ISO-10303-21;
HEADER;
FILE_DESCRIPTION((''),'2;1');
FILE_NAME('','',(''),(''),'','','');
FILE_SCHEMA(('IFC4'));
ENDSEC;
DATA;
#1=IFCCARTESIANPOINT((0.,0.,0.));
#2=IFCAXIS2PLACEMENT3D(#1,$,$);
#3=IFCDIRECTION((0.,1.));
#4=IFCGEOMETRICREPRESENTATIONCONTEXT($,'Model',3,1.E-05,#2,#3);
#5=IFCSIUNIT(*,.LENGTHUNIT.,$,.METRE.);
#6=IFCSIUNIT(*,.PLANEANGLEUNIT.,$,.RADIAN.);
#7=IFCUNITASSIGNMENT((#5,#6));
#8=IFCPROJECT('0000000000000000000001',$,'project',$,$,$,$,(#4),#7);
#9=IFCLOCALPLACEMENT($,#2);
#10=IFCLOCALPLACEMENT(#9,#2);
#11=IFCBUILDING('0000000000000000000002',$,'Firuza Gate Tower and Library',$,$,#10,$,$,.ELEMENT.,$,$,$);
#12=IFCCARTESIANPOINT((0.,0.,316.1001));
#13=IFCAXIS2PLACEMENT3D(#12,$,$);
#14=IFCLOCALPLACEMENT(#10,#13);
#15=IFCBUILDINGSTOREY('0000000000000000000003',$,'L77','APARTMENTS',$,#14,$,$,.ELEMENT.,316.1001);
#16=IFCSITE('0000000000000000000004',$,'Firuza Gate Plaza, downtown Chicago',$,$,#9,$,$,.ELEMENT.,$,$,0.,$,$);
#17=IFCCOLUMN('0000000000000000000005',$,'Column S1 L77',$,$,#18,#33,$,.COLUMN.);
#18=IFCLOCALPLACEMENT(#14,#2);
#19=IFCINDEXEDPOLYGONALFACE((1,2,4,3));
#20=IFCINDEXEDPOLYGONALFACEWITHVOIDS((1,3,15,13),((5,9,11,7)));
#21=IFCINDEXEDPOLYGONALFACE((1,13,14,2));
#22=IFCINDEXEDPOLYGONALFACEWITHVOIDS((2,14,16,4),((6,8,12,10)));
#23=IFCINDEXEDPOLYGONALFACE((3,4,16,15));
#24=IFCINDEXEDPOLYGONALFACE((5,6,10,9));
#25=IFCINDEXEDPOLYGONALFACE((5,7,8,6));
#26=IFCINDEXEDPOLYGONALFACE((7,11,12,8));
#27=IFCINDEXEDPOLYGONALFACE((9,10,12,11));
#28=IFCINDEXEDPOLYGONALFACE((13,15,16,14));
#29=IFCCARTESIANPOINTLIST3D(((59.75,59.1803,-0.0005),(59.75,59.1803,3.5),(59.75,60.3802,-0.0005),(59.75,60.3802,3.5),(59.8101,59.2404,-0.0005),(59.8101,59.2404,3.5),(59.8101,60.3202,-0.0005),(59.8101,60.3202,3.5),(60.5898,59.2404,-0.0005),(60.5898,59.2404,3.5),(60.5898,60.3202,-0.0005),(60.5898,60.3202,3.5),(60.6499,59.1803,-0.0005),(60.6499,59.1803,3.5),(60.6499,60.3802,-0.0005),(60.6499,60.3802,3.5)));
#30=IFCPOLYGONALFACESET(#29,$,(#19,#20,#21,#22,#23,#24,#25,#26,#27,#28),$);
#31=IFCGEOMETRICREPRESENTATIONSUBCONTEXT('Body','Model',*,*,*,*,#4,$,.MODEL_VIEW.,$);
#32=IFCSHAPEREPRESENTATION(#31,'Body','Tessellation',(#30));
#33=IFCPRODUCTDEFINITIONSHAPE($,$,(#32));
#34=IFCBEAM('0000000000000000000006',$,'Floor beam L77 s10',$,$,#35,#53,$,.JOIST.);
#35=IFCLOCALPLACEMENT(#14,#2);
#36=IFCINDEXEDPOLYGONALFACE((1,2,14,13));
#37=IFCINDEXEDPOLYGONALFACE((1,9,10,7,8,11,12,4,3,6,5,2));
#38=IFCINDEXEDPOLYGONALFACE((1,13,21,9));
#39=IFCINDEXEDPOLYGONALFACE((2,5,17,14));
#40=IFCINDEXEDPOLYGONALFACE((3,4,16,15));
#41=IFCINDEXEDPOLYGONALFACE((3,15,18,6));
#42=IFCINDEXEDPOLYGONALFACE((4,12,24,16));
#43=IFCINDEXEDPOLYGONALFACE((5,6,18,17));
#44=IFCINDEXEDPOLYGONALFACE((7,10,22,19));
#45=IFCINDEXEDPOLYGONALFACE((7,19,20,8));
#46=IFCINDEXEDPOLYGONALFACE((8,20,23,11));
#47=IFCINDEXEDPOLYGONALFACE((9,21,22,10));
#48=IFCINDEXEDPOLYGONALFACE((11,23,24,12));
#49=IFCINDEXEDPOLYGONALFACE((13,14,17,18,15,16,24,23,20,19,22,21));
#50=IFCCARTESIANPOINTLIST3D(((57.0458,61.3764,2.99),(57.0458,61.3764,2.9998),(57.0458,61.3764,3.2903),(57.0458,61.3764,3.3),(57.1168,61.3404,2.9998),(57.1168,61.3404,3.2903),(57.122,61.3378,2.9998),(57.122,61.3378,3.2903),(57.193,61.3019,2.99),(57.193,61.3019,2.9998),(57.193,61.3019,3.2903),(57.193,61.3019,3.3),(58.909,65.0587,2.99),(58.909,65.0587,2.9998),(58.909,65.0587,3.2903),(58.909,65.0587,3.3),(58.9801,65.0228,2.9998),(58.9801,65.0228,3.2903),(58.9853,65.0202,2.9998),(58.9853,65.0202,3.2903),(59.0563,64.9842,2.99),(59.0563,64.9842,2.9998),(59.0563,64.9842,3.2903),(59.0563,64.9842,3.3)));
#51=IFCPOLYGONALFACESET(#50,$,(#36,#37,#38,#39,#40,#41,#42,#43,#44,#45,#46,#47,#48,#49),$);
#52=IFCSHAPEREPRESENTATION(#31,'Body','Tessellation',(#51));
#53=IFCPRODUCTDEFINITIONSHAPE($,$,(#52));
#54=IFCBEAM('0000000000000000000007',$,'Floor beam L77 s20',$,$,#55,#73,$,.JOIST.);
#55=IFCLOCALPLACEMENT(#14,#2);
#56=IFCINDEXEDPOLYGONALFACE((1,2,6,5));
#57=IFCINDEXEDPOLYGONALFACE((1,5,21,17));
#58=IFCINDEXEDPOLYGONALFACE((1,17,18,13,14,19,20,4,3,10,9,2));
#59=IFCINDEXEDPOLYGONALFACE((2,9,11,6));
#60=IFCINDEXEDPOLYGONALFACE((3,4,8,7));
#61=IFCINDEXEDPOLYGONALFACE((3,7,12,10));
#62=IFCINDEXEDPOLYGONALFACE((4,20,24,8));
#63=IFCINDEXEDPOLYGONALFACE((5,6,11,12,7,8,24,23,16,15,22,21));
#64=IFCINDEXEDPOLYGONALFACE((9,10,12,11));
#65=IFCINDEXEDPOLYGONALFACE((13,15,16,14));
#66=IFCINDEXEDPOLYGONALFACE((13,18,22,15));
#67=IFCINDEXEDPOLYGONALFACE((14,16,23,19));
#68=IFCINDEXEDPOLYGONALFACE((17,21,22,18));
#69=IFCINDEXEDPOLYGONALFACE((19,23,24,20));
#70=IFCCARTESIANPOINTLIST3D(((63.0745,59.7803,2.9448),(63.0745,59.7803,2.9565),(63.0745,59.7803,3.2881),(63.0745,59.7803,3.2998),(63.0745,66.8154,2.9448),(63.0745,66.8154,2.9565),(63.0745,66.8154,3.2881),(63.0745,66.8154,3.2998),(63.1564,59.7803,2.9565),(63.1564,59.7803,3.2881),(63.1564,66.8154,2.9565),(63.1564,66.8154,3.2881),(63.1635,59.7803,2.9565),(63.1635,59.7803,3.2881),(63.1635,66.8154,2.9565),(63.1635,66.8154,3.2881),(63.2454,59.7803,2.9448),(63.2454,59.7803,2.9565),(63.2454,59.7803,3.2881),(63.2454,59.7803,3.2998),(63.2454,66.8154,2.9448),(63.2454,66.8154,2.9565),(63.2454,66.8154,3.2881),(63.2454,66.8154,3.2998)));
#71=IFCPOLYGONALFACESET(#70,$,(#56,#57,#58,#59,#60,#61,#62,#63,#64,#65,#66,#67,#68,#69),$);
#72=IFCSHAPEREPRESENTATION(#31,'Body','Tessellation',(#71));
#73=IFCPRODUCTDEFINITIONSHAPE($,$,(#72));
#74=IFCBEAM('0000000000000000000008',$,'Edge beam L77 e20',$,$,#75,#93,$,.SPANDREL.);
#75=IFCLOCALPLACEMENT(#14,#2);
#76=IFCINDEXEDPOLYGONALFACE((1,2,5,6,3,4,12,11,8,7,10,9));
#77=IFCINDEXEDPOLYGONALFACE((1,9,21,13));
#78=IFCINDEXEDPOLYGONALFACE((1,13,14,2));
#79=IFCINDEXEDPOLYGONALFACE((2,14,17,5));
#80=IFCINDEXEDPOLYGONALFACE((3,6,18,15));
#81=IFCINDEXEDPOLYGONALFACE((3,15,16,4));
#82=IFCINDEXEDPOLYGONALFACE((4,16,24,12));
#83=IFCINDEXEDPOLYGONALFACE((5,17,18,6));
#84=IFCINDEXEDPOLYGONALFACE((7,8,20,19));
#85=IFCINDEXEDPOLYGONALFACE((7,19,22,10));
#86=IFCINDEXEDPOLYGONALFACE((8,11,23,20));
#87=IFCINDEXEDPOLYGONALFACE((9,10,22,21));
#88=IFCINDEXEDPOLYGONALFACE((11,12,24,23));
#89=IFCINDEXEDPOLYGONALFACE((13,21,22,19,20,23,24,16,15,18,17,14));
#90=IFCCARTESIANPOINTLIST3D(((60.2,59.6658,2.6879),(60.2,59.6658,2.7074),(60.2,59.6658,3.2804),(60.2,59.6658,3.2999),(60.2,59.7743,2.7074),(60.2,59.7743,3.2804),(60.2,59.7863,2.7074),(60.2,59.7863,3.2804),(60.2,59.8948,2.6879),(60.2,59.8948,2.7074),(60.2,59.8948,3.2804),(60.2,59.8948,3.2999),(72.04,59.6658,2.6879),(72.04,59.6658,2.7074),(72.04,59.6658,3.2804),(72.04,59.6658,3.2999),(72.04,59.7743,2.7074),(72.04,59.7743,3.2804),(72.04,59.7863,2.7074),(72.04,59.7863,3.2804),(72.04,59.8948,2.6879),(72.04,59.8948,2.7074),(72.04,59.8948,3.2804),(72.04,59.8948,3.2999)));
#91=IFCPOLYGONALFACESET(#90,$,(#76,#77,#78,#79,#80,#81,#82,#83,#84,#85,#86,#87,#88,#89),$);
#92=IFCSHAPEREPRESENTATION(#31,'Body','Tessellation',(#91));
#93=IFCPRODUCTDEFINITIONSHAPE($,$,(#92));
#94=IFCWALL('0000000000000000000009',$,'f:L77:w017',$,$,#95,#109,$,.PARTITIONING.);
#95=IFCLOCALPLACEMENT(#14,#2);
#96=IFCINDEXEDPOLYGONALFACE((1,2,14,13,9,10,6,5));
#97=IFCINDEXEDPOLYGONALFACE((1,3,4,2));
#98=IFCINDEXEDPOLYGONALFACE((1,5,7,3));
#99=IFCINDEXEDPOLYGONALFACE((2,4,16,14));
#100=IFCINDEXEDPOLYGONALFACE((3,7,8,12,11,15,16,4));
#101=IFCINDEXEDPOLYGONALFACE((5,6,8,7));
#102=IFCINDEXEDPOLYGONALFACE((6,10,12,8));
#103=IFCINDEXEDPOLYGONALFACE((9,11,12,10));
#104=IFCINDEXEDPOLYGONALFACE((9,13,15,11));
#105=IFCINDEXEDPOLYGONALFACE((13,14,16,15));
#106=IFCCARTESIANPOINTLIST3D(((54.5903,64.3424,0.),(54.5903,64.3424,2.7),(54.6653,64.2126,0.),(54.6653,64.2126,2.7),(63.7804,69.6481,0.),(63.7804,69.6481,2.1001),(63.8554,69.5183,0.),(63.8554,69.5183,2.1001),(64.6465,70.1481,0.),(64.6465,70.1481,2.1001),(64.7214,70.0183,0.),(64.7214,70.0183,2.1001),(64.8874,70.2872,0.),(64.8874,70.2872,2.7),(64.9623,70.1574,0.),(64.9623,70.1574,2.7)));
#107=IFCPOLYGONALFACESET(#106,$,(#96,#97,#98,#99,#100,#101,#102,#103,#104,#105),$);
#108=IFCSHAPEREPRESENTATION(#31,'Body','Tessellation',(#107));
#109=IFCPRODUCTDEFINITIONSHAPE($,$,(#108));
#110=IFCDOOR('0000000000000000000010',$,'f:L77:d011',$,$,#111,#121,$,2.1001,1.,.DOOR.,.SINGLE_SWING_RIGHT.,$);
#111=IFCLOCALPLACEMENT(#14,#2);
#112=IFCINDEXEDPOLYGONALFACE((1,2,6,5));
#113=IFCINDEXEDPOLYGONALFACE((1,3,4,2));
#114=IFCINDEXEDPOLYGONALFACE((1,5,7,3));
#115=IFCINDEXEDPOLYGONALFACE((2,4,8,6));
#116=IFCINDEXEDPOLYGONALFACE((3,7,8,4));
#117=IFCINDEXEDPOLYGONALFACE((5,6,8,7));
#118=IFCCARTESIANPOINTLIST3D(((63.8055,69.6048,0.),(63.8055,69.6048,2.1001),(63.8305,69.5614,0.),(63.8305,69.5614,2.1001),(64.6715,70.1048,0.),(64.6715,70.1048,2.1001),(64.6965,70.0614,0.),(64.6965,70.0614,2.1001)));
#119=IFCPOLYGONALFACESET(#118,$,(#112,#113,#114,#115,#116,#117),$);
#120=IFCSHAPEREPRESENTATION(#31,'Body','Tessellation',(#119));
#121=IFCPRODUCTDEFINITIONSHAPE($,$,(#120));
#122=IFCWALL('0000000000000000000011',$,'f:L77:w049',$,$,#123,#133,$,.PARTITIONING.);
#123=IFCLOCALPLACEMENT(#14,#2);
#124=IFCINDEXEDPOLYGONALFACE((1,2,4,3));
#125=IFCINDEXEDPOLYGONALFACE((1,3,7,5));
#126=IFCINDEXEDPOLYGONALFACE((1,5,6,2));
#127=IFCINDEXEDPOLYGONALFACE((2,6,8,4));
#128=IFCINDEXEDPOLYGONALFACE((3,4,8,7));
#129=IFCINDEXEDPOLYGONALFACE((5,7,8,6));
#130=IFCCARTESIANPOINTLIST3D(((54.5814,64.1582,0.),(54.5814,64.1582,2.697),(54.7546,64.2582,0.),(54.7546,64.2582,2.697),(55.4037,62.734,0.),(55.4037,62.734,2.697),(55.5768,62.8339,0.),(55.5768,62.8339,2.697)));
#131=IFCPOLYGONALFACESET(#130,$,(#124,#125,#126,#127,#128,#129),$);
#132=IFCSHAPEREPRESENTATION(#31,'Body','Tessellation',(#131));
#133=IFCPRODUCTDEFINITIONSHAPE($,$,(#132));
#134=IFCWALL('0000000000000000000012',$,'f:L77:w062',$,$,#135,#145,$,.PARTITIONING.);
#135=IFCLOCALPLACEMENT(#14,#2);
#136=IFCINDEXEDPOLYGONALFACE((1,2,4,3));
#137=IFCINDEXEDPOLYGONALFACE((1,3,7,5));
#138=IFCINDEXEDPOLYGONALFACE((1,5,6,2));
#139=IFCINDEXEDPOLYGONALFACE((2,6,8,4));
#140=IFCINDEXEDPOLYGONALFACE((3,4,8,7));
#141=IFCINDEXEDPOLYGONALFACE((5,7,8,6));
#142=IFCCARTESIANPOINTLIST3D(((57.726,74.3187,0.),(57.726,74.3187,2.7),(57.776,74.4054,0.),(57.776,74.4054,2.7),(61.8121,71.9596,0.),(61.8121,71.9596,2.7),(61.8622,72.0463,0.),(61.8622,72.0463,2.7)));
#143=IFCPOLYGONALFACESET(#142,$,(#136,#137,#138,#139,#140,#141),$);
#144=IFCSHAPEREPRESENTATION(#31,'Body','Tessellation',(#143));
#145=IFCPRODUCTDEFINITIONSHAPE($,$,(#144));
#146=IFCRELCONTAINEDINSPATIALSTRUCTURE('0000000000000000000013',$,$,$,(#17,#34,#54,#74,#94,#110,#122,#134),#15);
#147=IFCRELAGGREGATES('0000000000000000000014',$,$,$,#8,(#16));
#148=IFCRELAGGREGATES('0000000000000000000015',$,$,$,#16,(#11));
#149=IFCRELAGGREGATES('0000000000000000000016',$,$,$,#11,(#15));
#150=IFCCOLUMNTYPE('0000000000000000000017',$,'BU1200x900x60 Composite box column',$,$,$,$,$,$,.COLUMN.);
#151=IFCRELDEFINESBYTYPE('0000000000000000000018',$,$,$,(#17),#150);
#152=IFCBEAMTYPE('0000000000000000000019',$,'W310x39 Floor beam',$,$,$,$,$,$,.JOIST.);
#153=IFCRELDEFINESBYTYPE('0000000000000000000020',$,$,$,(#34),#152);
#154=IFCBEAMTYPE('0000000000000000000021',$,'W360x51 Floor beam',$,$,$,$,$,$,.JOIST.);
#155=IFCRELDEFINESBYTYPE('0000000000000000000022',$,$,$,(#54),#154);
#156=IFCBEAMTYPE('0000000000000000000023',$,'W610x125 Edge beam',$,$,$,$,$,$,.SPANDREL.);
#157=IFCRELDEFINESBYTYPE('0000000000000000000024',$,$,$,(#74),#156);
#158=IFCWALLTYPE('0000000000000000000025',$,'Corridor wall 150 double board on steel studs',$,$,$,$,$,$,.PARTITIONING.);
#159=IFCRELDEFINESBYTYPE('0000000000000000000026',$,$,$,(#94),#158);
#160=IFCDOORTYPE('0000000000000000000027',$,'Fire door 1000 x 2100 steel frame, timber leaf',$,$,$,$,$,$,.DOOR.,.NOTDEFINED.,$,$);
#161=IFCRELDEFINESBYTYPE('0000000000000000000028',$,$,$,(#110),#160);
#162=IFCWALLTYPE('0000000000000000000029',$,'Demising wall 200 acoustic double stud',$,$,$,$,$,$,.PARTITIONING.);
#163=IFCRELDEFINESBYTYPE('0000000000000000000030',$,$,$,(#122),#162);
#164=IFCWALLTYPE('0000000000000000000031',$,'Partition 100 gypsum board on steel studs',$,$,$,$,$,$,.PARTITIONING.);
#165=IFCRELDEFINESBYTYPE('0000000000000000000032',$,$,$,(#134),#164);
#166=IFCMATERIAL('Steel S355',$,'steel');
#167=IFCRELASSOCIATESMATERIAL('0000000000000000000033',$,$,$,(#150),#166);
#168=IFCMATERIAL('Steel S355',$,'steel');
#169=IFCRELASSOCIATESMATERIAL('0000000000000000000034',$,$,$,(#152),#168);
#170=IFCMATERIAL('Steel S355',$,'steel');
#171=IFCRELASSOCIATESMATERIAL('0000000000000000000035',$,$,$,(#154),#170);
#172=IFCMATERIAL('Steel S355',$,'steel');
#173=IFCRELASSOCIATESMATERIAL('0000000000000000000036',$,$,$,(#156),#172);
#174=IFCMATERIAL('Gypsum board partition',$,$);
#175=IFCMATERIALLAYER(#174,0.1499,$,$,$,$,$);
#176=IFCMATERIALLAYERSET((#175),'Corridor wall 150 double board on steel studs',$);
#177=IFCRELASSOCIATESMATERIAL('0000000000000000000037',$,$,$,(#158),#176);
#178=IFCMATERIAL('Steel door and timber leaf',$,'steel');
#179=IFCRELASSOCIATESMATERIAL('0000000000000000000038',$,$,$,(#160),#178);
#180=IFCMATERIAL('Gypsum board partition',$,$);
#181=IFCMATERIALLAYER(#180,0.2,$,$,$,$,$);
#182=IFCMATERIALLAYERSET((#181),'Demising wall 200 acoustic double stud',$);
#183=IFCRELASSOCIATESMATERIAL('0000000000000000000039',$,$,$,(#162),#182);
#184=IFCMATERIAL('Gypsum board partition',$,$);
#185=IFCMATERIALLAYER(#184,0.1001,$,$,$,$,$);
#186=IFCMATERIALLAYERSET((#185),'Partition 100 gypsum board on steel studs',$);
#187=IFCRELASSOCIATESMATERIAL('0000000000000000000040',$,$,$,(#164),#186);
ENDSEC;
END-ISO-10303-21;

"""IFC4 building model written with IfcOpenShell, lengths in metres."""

from ifc_helpers import new_model, si_unit, direction, frame, frame_2d, origin, origin_2d, place, context, subcontext, project, spatial, rectangle, hollow_rectangle, i_section, extrude, material, layer, layer_set, material_profile, profile_set, type_object, element, fill, save


model = new_model("IFC4")

# Units and contexts
model_context = context("Model", 3, precision=1e-05, world=origin(), true_north=direction((0.0, 1.0)))
body_context = subcontext(model_context, "Body", "Model", "MODEL_VIEW")
ifc_project = project(units=[si_unit("LENGTHUNIT", "METRE"), si_unit("PLANEANGLEUNIT", "RADIAN")], contexts=[model_context])

# Site, building, storey
site_placement = place(None, origin())
site = spatial("IfcSite", under=ifc_project, at=site_placement, Name="Firuza Gate Plaza, downtown Chicago", CompositionType="ELEMENT", RefElevation=0.0)
building_placement = place(site_placement, origin())
building = spatial("IfcBuilding", under=site, at=building_placement, Name="Firuza Gate Tower and Library", CompositionType="ELEMENT")
storey_placement = place(building_placement, frame((0.0, 0.0, 316.1001)))
storey = spatial("IfcBuildingStorey", under=building, at=storey_placement, Name="L77", Description="APARTMENTS", CompositionType="ELEMENT", Elevation=316.1001)

# Column
ifc_material_1 = material(Name="Steel S355", Category="steel")
ifc_material_profile_1 = material_profile(ifc_material_1, hollow_rectangle(XDim=0.8999, YDim=1.2, WallThickness=0.0601, at=origin_2d()))
ifc_profile_set_1 = profile_set([ifc_material_profile_1], Name="Steel S355")
column_type = type_object("IfcColumnType", Name="BU1200x900x60 Composite box column", PredefinedType="COLUMN", material=ifc_profile_set_1)
column_placement = place(storey_placement, frame((60.2, 59.7803, -0.0005), z_axis=(0.0, 0.0, 1.0), x_axis=(1.0, 0.0, 0.0)))
element("IfcColumn", 1, at=column_placement, inside=storey, type_object=column_type, Name="Column S1 L77", PredefinedType="COLUMN", context=body_context, shape_type="SweptSolid", body=[
    extrude(hollow_rectangle(XDim=0.8999, YDim=1.2, WallThickness=0.0601, at=origin_2d()), origin(), (0.0, 0.0, 1.0), 3.5005),
])

# Beams
ifc_material_2 = material(Name="Steel S355", Category="steel")
ifc_material_profile_2 = material_profile(ifc_material_2, i_section(OverallWidth=0.165, OverallDepth=0.3101, WebThickness=0.0059, FlangeThickness=0.0098, at=origin_2d()))
ifc_profile_set_2 = profile_set([ifc_material_profile_2], Name="Steel S355")
beam_type_1 = type_object("IfcBeamType", Name="W310x39 Floor beam", PredefinedType="JOIST", material=ifc_profile_set_2)
beam_1_placement = place(storey_placement, frame((57.1194, 61.3391, 3.145), z_axis=(0.451491, 0.892275, 0.0), x_axis=(-0.892275, 0.451491, 0.0)))
element("IfcBeam", 2, at=beam_1_placement, inside=storey, type_object=beam_type_1, Name="Floor beam L77 s10", PredefinedType="JOIST", context=body_context, shape_type="SweptSolid", body=[
    extrude(i_section(OverallWidth=0.165, OverallDepth=0.3101, WebThickness=0.0059, FlangeThickness=0.0098, at=origin_2d()), origin(), (0.0, 0.0, 1.0), 4.127),
])
ifc_material_3 = material(Name="Steel S355", Category="steel")
ifc_material_profile_3 = material_profile(ifc_material_3, i_section(OverallWidth=0.1709, OverallDepth=0.355, WebThickness=0.0071, FlangeThickness=0.0117, at=origin_2d()))
ifc_profile_set_3 = profile_set([ifc_material_profile_3], Name="Steel S355")
beam_type_2 = type_object("IfcBeamType", Name="W360x51 Floor beam", PredefinedType="JOIST", material=ifc_profile_set_3)
beam_2_placement = place(storey_placement, frame((63.1599, 59.7803, 3.1223), z_axis=(0.0, 1.0, 0.0), x_axis=(-1.0, 0.0, 0.0)))
element("IfcBeam", 3, at=beam_2_placement, inside=storey, type_object=beam_type_2, Name="Floor beam L77 s20", PredefinedType="JOIST", context=body_context, shape_type="SweptSolid", body=[
    extrude(i_section(OverallWidth=0.1709, OverallDepth=0.355, WebThickness=0.0071, FlangeThickness=0.0117, at=origin_2d()), origin(), (0.0, 0.0, 1.0), 7.0352),
])
ifc_material_4 = material(Name="Steel S355", Category="steel")
ifc_material_profile_4 = material_profile(ifc_material_4, i_section(OverallWidth=0.229, OverallDepth=0.6121, WebThickness=0.012, FlangeThickness=0.0195, at=origin_2d()))
ifc_profile_set_4 = profile_set([ifc_material_profile_4], Name="Steel S355")
beam_type_3 = type_object("IfcBeamType", Name="W610x125 Edge beam", PredefinedType="SPANDREL", material=ifc_profile_set_4)
beam_3_placement = place(storey_placement, frame((60.2, 59.7803, 2.9939), z_axis=(1.0, 0.0, 0.0), x_axis=(0.0, 1.0, 0.0)))
element("IfcBeam", 4, at=beam_3_placement, inside=storey, type_object=beam_type_3, Name="Edge beam L77 e20", PredefinedType="SPANDREL", context=body_context, shape_type="SweptSolid", body=[
    extrude(i_section(OverallWidth=0.229, OverallDepth=0.6121, WebThickness=0.012, FlangeThickness=0.0195, at=origin_2d()), origin(), (0.0, 0.0, 1.0), 11.8401),
])

# Wall, opening, door
ifc_material_5 = material(Name="Gypsum board partition")
ifc_layer_1 = layer(ifc_material_5, 0.1499)
ifc_layer_set_1 = layer_set([ifc_layer_1], Name="Corridor wall 150 double board on steel studs")
wall_type_1 = type_object("IfcWallType", Name="Corridor wall 150 double board on steel studs", PredefinedType="PARTITIONING", material=ifc_layer_set_1)
wall_1_placement = place(storey_placement, frame((54.6279, 64.2776, 0.0), z_axis=(0.0, 0.0, 1.0), x_axis=(0.866033, 0.499986, 0.0)))
wall_1 = element("IfcWall", 5, at=wall_1_placement, inside=storey, type_object=wall_type_1, Name="f:L77:w017", PredefinedType="PARTITIONING", context=body_context, shape_type="SweptSolid", body=[
    extrude(rectangle(XDim=11.8899, YDim=0.1499, at=frame_2d((5.9448, 0.0))), origin(), (0.0, 0.0, 1.0), 2.7),
])
opening_1_placement = place(wall_1_placement, frame((10.6116, 0.0, 0.0)))
opening_1 = element("IfcOpeningElement", 6, at=opening_1_placement, cuts=wall_1, PredefinedType="OPENING", context=body_context, shape_type="SweptSolid", body=[
    extrude(rectangle(XDim=1.0, YDim=2.1001, at=frame_2d((0.5, 1.05))), frame((0.0, 0.085, 0.0), z_axis=(0.0, -1.0, 0.0), x_axis=(1.0, 0.0, 0.0)), (0.0, 0.0, 1.0), 0.1699),
])
ifc_material_6 = material(Name="Steel door and timber leaf", Category="steel")
door_type_1 = type_object("IfcDoorType", Name="Fire door 1000 x 2100 steel frame, timber leaf", OperationType="NOTDEFINED", PredefinedType="DOOR", material=ifc_material_6)
door_1_placement = place(opening_1_placement, origin())
door_1 = element("IfcDoor", 7, at=door_1_placement, inside=storey, type_object=door_type_1, Name="f:L77:d011", OperationType="SINGLE_SWING_RIGHT", OverallHeight=2.1001, OverallWidth=1.0, PredefinedType="DOOR", context=body_context, shape_type="SweptSolid", body=[
    extrude(rectangle(XDim=1.0, YDim=2.1001, at=frame_2d((0.5, 1.05))), frame((0.0, 0.0249, 0.0), z_axis=(0.0, -1.0, 0.0), x_axis=(1.0, 0.0, 0.0)), (0.0, 0.0, 1.0), 0.05),
])
fill(opening_1, door_1)

# Walls
ifc_material_7 = material(Name="Gypsum board partition")
ifc_layer_2 = layer(ifc_material_7, 0.2)
ifc_layer_set_2 = layer_set([ifc_layer_2], Name="Demising wall 200 acoustic double stud")
wall_type_2 = type_object("IfcWallType", Name="Demising wall 200 acoustic double stud", PredefinedType="PARTITIONING", material=ifc_layer_set_2)
wall_2_placement = place(storey_placement, frame((55.4902, 62.7839, 0.0), z_axis=(0.0, 0.0, 1.0), x_axis=(-0.499971, 0.866042, 0.0)))
element("IfcWall", 8, at=wall_2_placement, inside=storey, type_object=wall_type_2, Name="f:L77:w049", PredefinedType="PARTITIONING", context=body_context, shape_type="SweptSolid", body=[
    extrude(rectangle(XDim=1.6445, YDim=0.2, at=frame_2d((0.8223, 0.0))), origin(), (0.0, 0.0, 1.0), 2.697),
])
ifc_material_8 = material(Name="Gypsum board partition")
ifc_layer_3 = layer(ifc_material_8, 0.1001)
ifc_layer_set_3 = layer_set([ifc_layer_3], Name="Partition 100 gypsum board on steel studs")
wall_type_3 = type_object("IfcWallType", Name="Partition 100 gypsum board on steel studs", PredefinedType="PARTITIONING", material=ifc_layer_set_3)
wall_3_placement = place(storey_placement, frame((61.8372, 72.0029, 0.0), z_axis=(0.0, 0.0, 1.0), x_axis=(-0.866028, 0.499996, 0.0)))
element("IfcWall", 9, at=wall_3_placement, inside=storey, type_object=wall_type_3, Name="f:L77:w062", PredefinedType="PARTITIONING", context=body_context, shape_type="SweptSolid", body=[
    extrude(rectangle(XDim=4.7183, YDim=0.1001, at=frame_2d((2.3591, 0.0))), origin(), (0.0, 0.0, 1.0), 2.7),
])

save(model, "model.ifc")
